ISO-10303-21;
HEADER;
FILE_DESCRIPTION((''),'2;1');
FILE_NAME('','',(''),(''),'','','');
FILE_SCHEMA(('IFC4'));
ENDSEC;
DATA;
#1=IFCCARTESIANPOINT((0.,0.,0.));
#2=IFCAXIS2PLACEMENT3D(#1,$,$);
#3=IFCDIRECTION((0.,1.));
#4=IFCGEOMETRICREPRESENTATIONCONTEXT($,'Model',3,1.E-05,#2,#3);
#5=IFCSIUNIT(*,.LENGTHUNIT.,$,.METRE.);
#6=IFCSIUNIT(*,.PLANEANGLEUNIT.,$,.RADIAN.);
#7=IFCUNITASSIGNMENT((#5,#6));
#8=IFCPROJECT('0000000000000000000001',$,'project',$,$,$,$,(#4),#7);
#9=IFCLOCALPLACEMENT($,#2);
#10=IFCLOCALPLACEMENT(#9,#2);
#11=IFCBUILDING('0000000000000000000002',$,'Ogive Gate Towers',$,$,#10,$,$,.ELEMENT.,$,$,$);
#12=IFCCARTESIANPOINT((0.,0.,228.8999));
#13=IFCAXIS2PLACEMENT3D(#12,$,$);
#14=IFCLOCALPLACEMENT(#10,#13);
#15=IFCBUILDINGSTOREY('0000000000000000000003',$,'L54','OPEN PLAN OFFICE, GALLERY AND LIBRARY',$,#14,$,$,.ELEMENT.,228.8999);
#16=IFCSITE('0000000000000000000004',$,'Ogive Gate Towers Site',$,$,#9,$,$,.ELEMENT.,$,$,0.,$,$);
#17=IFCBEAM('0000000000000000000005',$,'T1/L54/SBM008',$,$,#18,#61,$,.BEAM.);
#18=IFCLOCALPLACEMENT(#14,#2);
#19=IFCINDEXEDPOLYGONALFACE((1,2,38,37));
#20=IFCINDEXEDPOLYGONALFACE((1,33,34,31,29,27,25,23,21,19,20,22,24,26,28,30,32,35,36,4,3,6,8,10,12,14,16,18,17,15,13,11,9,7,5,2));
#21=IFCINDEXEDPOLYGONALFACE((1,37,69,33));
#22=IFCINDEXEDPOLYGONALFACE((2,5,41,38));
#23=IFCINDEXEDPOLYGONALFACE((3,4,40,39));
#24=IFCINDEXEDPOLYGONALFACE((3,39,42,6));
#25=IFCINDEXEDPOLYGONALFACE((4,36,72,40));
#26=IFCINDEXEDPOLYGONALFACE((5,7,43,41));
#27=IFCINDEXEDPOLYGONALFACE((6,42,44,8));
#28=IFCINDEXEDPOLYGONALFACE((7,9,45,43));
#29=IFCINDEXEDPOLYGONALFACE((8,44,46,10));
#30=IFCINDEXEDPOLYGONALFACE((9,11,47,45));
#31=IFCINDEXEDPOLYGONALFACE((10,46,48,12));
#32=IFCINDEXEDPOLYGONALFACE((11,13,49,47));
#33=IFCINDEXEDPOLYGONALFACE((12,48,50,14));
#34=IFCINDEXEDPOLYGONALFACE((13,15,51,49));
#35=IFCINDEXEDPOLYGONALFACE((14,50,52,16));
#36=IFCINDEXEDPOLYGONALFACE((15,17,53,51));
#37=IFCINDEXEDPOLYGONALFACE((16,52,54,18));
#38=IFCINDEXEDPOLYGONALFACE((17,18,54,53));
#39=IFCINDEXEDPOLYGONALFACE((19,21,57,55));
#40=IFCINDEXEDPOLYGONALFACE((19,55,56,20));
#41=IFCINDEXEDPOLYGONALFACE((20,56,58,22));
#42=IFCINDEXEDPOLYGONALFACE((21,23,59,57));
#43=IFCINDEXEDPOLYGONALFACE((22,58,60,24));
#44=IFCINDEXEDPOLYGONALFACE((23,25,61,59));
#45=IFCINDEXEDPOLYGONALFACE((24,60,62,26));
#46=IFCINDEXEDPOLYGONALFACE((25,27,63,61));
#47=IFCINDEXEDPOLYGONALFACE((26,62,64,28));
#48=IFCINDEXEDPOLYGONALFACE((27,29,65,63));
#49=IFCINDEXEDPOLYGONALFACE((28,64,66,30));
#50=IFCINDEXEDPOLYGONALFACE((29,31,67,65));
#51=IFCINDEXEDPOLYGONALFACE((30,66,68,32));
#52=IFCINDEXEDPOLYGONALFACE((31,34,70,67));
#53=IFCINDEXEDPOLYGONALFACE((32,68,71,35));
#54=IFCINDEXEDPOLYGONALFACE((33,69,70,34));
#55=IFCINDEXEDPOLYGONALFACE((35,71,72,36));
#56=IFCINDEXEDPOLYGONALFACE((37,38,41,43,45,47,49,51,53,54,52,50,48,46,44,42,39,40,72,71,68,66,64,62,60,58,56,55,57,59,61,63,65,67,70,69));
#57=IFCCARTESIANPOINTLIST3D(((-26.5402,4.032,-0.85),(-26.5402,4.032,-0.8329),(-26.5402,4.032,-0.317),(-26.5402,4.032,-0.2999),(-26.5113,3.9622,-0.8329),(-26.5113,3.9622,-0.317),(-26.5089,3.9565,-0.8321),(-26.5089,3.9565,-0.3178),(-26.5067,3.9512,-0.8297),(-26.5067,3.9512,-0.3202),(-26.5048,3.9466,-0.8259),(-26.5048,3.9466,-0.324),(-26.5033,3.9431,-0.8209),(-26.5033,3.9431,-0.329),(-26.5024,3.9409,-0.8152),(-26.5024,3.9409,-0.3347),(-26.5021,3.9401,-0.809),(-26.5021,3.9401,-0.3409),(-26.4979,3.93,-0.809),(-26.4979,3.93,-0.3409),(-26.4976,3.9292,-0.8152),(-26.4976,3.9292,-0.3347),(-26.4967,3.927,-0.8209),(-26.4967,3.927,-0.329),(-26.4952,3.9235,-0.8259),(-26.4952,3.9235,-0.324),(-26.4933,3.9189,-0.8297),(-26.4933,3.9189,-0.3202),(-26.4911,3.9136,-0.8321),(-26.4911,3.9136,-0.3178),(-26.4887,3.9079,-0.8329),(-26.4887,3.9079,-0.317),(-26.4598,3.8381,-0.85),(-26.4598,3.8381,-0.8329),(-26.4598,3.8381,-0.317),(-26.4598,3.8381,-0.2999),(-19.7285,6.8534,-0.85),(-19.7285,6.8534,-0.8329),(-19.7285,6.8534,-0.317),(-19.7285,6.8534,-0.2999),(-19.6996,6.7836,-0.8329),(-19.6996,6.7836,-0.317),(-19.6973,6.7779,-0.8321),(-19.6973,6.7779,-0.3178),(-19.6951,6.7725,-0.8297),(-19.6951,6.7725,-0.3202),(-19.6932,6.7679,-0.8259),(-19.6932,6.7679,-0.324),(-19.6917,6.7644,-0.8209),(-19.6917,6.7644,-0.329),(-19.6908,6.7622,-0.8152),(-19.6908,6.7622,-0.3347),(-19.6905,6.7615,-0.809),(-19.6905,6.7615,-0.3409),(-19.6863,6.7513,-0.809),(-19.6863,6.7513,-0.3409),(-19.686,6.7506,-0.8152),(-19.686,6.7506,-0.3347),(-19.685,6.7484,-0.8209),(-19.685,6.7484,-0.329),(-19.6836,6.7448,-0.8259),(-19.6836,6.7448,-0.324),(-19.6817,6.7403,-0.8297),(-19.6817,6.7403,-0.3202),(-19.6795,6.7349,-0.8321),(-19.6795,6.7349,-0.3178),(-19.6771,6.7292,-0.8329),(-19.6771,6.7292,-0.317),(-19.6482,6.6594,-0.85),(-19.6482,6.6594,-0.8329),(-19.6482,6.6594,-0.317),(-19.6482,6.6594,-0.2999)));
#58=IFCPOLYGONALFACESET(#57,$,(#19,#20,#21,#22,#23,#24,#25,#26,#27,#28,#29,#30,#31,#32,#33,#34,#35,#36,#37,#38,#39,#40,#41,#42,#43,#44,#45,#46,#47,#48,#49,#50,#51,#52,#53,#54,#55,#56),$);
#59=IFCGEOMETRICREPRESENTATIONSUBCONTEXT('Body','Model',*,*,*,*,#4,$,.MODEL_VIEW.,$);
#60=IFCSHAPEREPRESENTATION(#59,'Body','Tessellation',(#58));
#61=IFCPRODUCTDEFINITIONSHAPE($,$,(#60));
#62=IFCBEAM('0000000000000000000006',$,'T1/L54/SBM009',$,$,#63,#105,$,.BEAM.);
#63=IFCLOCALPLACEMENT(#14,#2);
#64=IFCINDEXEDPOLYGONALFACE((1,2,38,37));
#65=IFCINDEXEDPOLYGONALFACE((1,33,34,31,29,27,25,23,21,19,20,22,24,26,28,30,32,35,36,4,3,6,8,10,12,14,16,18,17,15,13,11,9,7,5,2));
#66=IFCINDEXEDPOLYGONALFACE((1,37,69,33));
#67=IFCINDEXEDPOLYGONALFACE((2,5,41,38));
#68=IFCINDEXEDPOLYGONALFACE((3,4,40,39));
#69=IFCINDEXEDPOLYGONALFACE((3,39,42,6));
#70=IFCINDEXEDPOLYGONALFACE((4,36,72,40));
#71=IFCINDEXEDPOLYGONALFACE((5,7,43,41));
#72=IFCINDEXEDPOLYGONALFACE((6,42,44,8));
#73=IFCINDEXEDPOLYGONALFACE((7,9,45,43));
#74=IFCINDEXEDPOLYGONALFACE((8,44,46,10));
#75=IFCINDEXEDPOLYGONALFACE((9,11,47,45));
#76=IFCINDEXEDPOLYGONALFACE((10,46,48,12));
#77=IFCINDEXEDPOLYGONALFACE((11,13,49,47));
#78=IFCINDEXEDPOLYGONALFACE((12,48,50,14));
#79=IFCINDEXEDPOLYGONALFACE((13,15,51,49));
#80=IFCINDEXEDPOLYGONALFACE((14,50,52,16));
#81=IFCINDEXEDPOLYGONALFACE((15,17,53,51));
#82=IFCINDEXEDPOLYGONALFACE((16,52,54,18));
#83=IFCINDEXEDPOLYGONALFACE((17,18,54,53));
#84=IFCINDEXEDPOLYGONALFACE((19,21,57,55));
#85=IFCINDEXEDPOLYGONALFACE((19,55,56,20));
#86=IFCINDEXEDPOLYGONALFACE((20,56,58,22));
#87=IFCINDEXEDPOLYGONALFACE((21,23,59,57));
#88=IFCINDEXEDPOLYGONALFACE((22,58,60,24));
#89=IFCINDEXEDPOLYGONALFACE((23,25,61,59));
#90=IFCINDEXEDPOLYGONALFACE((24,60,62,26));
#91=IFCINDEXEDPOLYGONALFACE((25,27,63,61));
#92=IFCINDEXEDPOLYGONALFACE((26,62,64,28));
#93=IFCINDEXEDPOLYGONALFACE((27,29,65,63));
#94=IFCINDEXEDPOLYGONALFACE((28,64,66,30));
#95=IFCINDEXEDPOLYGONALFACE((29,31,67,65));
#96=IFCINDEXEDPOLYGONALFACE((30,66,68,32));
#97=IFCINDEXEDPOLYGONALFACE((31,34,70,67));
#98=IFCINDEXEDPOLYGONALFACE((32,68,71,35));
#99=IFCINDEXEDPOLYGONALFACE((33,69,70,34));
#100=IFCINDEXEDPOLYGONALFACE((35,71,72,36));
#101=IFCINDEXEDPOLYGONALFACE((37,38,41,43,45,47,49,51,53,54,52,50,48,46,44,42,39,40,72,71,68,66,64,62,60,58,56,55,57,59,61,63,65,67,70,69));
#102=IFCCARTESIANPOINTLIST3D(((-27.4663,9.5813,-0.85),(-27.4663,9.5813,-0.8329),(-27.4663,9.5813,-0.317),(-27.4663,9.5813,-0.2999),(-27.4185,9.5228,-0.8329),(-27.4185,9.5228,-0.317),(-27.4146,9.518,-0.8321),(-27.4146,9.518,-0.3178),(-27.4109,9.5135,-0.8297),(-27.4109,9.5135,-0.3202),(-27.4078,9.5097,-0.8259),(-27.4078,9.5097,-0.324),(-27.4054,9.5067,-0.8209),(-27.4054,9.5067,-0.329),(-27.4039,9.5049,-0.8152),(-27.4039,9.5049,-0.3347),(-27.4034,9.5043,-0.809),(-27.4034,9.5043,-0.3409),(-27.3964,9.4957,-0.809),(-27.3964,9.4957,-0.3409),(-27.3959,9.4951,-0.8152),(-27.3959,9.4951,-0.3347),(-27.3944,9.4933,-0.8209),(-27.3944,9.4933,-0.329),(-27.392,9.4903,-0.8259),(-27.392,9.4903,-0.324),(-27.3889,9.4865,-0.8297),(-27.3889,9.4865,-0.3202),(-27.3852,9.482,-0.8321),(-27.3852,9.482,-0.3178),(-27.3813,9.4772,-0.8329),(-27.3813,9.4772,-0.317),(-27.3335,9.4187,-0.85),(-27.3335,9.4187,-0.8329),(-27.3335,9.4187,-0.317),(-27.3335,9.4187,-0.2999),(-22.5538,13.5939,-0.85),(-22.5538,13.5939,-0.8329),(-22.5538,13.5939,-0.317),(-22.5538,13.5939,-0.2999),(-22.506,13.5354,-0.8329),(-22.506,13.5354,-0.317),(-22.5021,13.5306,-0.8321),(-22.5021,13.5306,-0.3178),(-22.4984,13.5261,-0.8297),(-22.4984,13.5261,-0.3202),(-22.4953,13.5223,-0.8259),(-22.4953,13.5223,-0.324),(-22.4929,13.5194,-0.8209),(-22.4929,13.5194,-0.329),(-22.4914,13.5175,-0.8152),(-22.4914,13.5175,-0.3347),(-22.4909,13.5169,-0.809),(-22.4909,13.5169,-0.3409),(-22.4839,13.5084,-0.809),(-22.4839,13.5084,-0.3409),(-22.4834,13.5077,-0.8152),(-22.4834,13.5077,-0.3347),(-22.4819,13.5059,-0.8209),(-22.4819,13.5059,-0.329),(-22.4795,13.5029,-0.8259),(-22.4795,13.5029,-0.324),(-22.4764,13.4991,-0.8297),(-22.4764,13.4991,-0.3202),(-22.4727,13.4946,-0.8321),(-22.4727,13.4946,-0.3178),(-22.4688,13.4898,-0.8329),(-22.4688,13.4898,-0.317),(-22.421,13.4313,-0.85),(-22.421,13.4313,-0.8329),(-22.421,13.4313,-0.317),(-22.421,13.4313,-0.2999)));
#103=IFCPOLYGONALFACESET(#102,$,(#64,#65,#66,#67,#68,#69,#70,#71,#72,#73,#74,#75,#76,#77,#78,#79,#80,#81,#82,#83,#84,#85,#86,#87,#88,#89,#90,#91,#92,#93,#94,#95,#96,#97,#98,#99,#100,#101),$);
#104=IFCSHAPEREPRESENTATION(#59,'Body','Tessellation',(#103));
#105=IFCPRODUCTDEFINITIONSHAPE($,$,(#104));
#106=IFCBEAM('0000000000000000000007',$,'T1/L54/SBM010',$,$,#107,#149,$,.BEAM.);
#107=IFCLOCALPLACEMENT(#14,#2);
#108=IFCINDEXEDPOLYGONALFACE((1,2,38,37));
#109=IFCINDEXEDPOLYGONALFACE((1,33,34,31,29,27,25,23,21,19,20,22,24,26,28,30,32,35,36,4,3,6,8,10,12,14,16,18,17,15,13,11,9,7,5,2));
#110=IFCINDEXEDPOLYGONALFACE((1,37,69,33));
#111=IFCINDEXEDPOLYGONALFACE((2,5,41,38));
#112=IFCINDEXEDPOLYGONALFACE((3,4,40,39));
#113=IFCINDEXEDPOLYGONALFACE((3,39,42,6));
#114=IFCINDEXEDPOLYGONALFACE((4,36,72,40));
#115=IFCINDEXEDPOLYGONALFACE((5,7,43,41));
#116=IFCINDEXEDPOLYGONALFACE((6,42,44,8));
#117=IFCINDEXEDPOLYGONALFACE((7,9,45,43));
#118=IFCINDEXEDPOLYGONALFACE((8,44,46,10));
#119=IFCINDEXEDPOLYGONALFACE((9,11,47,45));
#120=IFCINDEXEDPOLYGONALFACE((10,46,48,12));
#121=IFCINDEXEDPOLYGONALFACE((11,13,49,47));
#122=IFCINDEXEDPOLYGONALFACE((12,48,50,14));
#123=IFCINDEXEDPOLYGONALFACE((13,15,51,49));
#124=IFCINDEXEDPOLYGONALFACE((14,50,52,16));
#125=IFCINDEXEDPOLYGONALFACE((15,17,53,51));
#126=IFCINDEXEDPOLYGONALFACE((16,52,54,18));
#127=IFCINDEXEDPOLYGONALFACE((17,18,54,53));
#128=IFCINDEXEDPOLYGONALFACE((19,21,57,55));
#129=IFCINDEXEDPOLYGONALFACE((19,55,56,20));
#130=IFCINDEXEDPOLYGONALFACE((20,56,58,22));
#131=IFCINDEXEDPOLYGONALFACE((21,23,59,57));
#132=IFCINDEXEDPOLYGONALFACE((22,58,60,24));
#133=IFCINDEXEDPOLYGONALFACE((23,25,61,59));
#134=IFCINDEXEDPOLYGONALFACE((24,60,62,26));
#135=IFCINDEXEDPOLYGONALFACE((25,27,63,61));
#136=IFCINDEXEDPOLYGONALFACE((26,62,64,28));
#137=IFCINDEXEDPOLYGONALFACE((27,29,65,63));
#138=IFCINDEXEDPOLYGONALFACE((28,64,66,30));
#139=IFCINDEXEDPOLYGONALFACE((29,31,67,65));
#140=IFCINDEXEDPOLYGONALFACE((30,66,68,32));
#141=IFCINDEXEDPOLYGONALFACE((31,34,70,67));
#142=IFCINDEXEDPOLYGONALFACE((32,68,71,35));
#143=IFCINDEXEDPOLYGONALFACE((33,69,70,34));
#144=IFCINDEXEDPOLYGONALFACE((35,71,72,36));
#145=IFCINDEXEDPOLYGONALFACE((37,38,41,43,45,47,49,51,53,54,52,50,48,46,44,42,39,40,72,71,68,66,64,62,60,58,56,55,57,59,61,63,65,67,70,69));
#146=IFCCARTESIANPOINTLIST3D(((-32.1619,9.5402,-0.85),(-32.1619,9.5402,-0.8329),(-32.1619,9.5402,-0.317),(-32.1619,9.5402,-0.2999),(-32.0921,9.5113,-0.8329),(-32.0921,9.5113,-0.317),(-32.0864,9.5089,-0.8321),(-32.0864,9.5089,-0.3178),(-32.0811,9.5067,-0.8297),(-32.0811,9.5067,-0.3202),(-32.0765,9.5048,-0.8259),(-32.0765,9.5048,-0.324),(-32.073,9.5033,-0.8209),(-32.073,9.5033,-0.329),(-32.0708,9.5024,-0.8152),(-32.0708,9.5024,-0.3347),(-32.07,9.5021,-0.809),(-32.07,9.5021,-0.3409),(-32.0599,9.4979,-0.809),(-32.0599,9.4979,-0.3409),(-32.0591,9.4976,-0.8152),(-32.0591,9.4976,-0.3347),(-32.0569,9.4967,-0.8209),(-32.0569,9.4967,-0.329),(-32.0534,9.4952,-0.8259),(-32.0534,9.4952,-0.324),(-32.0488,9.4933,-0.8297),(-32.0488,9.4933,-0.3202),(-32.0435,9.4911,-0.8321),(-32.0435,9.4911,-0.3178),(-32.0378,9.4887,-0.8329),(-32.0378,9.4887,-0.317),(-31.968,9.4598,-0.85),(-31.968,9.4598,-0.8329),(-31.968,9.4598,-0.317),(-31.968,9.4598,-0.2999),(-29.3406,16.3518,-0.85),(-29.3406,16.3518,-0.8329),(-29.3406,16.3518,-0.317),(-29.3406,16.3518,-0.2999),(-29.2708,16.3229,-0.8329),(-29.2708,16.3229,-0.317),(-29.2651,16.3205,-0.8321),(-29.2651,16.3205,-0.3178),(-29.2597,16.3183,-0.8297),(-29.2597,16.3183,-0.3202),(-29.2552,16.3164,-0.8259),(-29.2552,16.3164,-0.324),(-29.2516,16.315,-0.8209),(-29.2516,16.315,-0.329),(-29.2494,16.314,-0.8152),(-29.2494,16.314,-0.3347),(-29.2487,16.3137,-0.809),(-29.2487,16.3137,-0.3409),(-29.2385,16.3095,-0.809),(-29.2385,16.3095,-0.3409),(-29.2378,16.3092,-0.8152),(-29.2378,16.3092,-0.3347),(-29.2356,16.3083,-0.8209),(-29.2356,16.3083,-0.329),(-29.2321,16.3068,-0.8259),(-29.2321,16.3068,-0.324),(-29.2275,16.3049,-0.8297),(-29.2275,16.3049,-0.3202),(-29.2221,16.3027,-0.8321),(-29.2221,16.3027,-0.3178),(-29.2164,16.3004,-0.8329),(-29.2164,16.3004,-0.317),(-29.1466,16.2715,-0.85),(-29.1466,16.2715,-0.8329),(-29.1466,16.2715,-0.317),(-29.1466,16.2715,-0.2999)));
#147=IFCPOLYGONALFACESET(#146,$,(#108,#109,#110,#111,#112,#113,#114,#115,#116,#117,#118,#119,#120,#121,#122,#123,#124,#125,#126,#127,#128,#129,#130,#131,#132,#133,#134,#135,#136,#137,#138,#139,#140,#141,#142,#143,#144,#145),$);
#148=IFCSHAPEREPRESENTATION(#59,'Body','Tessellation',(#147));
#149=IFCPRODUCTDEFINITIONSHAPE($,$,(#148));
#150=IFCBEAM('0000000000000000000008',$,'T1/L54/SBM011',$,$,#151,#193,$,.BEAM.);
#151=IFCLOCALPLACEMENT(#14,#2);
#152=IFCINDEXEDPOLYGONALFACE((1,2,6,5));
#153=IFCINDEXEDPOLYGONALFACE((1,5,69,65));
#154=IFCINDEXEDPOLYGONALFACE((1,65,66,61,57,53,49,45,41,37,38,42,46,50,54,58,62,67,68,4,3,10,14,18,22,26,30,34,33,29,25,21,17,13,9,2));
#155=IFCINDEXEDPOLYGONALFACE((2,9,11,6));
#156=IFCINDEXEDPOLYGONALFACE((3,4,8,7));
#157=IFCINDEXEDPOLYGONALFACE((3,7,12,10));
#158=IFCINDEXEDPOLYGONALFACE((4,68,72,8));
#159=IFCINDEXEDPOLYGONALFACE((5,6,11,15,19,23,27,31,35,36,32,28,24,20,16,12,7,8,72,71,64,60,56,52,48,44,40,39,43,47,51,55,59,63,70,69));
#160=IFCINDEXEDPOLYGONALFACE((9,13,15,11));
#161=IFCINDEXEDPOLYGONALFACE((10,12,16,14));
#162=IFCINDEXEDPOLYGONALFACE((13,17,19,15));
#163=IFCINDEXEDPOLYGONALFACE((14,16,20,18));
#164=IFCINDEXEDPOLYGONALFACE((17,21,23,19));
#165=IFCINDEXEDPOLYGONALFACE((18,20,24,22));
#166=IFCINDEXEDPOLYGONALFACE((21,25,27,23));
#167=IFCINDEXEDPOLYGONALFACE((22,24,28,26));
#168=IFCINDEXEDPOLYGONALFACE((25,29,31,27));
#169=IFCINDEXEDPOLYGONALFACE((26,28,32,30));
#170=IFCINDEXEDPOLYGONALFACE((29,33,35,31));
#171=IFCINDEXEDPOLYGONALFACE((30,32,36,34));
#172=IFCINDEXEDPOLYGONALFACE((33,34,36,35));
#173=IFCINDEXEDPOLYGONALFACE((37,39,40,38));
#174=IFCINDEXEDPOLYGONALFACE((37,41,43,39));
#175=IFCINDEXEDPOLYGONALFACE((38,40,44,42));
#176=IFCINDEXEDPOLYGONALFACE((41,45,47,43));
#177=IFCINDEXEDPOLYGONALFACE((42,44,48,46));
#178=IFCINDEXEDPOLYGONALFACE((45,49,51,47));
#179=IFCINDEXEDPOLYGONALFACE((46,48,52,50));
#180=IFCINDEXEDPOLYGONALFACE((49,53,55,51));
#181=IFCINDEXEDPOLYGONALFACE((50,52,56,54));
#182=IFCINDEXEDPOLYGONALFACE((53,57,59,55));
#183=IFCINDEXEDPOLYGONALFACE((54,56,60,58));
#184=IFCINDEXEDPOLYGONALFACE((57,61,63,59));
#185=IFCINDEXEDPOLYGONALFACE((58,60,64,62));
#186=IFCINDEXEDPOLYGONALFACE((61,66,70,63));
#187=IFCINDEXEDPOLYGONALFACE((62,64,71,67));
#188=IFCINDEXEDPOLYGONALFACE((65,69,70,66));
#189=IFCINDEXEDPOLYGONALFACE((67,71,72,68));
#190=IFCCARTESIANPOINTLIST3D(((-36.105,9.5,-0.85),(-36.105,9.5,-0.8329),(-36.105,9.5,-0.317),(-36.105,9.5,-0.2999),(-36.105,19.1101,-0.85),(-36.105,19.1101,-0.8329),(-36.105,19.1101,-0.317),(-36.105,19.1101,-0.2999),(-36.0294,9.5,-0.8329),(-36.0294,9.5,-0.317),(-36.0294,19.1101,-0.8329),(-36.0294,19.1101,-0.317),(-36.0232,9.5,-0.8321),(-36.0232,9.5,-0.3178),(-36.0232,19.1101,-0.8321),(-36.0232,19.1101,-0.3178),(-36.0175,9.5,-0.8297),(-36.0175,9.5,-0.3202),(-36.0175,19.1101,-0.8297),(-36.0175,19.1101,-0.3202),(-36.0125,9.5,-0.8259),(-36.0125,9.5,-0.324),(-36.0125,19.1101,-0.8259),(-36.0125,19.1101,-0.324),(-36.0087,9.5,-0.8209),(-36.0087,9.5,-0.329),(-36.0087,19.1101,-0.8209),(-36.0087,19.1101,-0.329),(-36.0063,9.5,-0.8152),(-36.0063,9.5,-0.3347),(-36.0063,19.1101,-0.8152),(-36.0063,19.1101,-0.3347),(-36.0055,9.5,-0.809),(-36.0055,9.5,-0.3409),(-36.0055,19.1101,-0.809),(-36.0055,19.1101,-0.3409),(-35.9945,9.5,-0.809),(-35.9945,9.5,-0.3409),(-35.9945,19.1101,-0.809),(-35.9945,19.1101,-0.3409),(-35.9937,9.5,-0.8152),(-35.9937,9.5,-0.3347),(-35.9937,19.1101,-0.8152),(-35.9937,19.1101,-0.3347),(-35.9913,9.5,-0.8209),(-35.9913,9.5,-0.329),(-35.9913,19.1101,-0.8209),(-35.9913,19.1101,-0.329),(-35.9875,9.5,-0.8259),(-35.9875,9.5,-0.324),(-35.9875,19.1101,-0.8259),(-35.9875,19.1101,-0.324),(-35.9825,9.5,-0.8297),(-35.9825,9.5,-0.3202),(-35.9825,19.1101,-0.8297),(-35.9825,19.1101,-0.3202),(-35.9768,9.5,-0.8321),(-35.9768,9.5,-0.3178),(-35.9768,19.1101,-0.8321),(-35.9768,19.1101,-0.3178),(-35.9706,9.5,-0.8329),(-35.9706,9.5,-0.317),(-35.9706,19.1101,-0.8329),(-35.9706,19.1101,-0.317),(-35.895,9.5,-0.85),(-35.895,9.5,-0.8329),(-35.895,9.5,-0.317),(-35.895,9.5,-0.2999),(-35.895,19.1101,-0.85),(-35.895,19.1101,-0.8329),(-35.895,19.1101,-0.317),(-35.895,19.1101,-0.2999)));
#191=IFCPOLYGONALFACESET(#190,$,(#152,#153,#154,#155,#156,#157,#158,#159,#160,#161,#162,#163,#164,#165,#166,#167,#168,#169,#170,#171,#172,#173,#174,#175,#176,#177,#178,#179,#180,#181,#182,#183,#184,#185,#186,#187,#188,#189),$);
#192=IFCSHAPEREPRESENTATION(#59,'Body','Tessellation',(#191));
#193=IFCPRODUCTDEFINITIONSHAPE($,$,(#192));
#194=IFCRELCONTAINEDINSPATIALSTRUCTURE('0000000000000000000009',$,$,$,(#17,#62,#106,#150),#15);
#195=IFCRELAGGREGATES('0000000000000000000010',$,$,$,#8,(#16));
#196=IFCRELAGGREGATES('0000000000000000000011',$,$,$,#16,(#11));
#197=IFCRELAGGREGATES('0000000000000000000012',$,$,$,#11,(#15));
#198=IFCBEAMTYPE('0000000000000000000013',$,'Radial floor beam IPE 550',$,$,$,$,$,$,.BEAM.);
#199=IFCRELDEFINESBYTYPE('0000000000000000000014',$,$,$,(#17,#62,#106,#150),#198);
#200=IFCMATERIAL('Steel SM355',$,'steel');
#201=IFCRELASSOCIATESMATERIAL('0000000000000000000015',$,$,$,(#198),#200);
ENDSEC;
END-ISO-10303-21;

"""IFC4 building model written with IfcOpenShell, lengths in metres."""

from ifc_helpers import new_model, si_unit, direction, frame, origin, origin_2d, place, context, subcontext, project, spatial, i_section, extrude, material, material_profile, profile_set, type_object, element, save


model = new_model("IFC4")

# Units and contexts
model_context = context("Model", 3, precision=1e-05, world=origin(), true_north=direction((0.0, 1.0)))
body_context = subcontext(model_context, "Body", "Model", "MODEL_VIEW")
ifc_project = project(units=[si_unit("LENGTHUNIT", "METRE"), si_unit("PLANEANGLEUNIT", "RADIAN")], contexts=[model_context])

# Site, building, storey
site_placement = place(None, origin())
site = spatial("IfcSite", under=ifc_project, at=site_placement, Name="Ogive Gate Towers Site", CompositionType="ELEMENT", RefElevation=0.0)
building_placement = place(site_placement, origin())
building = spatial("IfcBuilding", under=site, at=building_placement, Name="Ogive Gate Towers", CompositionType="ELEMENT")
storey_placement = place(building_placement, frame((0.0, 0.0, 228.8999)))
storey = spatial("IfcBuildingStorey", under=building, at=storey_placement, Name="L54", Description="OPEN PLAN OFFICE, GALLERY AND LIBRARY", CompositionType="ELEMENT", Elevation=228.8999)

# Beams
ifc_material_1 = material(Name="Steel SM355", Category="steel")
ifc_material_profile_1 = material_profile(ifc_material_1, i_section(OverallWidth=0.21, OverallDepth=0.55, WebThickness=0.011, FlangeThickness=0.0171, FilletRadius=0.0239, at=origin_2d()), Name="IPE 550")
ifc_profile_set_1 = profile_set([ifc_material_profile_1], Name="Steel SM355")
beam_type = type_object("IfcBeamType", Name="Radial floor beam IPE 550", PredefinedType="BEAM", material=ifc_profile_set_1)
beam_1_placement = place(storey_placement, frame((-26.5, 3.9351, -0.575), z_axis=(0.923886, 0.382668, 0.0), x_axis=(-0.382668, 0.923886, 0.0)))
element("IfcBeam", 1, at=beam_1_placement, inside=storey, type_object=beam_type, Name="T1/L54/SBM008", PredefinedType="BEAM", context=body_context, shape_type="SweptSolid", body=[
    extrude(i_section(OverallWidth=0.21, OverallDepth=0.55, WebThickness=0.011, FlangeThickness=0.0171, FilletRadius=0.0239, at=origin_2d()), origin(), (0.0, 0.0, 1.0), 7.3728),
])
beam_2_placement = place(storey_placement, frame((-27.3999, 9.5, -0.575), z_axis=(0.774475, 0.632605, 0.0), x_axis=(-0.632605, 0.774475, 0.0)))
element("IfcBeam", 2, at=beam_2_placement, inside=storey, type_object=beam_type, Name="T1/L54/SBM009", PredefinedType="BEAM", context=body_context, shape_type="SweptSolid", body=[
    extrude(i_section(OverallWidth=0.21, OverallDepth=0.55, WebThickness=0.011, FlangeThickness=0.0171, FilletRadius=0.0239, at=origin_2d()), origin(), (0.0, 0.0, 1.0), 6.343),
])
beam_3_placement = place(storey_placement, frame((-32.0649, 9.5, -0.575), z_axis=(0.382668, 0.923886, 0.0), x_axis=(-0.923886, 0.382668, 0.0)))
element("IfcBeam", 3, at=beam_3_placement, inside=storey, type_object=beam_type, Name="T1/L54/SBM010", PredefinedType="BEAM", context=body_context, shape_type="SweptSolid", body=[
    extrude(i_section(OverallWidth=0.21, OverallDepth=0.55, WebThickness=0.011, FlangeThickness=0.0171, FilletRadius=0.0239, at=origin_2d()), origin(), (0.0, 0.0, 1.0), 7.3728),
])
beam_4_placement = place(storey_placement, frame((-36.0, 9.5, -0.575), z_axis=(0.0, 1.0, 0.0), x_axis=(-1.0, 0.0, 0.0)))
element("IfcBeam", 4, at=beam_4_placement, inside=storey, type_object=beam_type, Name="T1/L54/SBM011", PredefinedType="BEAM", context=body_context, shape_type="SweptSolid", body=[
    extrude(i_section(OverallWidth=0.21, OverallDepth=0.55, WebThickness=0.011, FlangeThickness=0.0171, FilletRadius=0.0239, at=origin_2d()), origin(), (0.0, 0.0, 1.0), 9.6101),
])

save(model, "model.ifc")
